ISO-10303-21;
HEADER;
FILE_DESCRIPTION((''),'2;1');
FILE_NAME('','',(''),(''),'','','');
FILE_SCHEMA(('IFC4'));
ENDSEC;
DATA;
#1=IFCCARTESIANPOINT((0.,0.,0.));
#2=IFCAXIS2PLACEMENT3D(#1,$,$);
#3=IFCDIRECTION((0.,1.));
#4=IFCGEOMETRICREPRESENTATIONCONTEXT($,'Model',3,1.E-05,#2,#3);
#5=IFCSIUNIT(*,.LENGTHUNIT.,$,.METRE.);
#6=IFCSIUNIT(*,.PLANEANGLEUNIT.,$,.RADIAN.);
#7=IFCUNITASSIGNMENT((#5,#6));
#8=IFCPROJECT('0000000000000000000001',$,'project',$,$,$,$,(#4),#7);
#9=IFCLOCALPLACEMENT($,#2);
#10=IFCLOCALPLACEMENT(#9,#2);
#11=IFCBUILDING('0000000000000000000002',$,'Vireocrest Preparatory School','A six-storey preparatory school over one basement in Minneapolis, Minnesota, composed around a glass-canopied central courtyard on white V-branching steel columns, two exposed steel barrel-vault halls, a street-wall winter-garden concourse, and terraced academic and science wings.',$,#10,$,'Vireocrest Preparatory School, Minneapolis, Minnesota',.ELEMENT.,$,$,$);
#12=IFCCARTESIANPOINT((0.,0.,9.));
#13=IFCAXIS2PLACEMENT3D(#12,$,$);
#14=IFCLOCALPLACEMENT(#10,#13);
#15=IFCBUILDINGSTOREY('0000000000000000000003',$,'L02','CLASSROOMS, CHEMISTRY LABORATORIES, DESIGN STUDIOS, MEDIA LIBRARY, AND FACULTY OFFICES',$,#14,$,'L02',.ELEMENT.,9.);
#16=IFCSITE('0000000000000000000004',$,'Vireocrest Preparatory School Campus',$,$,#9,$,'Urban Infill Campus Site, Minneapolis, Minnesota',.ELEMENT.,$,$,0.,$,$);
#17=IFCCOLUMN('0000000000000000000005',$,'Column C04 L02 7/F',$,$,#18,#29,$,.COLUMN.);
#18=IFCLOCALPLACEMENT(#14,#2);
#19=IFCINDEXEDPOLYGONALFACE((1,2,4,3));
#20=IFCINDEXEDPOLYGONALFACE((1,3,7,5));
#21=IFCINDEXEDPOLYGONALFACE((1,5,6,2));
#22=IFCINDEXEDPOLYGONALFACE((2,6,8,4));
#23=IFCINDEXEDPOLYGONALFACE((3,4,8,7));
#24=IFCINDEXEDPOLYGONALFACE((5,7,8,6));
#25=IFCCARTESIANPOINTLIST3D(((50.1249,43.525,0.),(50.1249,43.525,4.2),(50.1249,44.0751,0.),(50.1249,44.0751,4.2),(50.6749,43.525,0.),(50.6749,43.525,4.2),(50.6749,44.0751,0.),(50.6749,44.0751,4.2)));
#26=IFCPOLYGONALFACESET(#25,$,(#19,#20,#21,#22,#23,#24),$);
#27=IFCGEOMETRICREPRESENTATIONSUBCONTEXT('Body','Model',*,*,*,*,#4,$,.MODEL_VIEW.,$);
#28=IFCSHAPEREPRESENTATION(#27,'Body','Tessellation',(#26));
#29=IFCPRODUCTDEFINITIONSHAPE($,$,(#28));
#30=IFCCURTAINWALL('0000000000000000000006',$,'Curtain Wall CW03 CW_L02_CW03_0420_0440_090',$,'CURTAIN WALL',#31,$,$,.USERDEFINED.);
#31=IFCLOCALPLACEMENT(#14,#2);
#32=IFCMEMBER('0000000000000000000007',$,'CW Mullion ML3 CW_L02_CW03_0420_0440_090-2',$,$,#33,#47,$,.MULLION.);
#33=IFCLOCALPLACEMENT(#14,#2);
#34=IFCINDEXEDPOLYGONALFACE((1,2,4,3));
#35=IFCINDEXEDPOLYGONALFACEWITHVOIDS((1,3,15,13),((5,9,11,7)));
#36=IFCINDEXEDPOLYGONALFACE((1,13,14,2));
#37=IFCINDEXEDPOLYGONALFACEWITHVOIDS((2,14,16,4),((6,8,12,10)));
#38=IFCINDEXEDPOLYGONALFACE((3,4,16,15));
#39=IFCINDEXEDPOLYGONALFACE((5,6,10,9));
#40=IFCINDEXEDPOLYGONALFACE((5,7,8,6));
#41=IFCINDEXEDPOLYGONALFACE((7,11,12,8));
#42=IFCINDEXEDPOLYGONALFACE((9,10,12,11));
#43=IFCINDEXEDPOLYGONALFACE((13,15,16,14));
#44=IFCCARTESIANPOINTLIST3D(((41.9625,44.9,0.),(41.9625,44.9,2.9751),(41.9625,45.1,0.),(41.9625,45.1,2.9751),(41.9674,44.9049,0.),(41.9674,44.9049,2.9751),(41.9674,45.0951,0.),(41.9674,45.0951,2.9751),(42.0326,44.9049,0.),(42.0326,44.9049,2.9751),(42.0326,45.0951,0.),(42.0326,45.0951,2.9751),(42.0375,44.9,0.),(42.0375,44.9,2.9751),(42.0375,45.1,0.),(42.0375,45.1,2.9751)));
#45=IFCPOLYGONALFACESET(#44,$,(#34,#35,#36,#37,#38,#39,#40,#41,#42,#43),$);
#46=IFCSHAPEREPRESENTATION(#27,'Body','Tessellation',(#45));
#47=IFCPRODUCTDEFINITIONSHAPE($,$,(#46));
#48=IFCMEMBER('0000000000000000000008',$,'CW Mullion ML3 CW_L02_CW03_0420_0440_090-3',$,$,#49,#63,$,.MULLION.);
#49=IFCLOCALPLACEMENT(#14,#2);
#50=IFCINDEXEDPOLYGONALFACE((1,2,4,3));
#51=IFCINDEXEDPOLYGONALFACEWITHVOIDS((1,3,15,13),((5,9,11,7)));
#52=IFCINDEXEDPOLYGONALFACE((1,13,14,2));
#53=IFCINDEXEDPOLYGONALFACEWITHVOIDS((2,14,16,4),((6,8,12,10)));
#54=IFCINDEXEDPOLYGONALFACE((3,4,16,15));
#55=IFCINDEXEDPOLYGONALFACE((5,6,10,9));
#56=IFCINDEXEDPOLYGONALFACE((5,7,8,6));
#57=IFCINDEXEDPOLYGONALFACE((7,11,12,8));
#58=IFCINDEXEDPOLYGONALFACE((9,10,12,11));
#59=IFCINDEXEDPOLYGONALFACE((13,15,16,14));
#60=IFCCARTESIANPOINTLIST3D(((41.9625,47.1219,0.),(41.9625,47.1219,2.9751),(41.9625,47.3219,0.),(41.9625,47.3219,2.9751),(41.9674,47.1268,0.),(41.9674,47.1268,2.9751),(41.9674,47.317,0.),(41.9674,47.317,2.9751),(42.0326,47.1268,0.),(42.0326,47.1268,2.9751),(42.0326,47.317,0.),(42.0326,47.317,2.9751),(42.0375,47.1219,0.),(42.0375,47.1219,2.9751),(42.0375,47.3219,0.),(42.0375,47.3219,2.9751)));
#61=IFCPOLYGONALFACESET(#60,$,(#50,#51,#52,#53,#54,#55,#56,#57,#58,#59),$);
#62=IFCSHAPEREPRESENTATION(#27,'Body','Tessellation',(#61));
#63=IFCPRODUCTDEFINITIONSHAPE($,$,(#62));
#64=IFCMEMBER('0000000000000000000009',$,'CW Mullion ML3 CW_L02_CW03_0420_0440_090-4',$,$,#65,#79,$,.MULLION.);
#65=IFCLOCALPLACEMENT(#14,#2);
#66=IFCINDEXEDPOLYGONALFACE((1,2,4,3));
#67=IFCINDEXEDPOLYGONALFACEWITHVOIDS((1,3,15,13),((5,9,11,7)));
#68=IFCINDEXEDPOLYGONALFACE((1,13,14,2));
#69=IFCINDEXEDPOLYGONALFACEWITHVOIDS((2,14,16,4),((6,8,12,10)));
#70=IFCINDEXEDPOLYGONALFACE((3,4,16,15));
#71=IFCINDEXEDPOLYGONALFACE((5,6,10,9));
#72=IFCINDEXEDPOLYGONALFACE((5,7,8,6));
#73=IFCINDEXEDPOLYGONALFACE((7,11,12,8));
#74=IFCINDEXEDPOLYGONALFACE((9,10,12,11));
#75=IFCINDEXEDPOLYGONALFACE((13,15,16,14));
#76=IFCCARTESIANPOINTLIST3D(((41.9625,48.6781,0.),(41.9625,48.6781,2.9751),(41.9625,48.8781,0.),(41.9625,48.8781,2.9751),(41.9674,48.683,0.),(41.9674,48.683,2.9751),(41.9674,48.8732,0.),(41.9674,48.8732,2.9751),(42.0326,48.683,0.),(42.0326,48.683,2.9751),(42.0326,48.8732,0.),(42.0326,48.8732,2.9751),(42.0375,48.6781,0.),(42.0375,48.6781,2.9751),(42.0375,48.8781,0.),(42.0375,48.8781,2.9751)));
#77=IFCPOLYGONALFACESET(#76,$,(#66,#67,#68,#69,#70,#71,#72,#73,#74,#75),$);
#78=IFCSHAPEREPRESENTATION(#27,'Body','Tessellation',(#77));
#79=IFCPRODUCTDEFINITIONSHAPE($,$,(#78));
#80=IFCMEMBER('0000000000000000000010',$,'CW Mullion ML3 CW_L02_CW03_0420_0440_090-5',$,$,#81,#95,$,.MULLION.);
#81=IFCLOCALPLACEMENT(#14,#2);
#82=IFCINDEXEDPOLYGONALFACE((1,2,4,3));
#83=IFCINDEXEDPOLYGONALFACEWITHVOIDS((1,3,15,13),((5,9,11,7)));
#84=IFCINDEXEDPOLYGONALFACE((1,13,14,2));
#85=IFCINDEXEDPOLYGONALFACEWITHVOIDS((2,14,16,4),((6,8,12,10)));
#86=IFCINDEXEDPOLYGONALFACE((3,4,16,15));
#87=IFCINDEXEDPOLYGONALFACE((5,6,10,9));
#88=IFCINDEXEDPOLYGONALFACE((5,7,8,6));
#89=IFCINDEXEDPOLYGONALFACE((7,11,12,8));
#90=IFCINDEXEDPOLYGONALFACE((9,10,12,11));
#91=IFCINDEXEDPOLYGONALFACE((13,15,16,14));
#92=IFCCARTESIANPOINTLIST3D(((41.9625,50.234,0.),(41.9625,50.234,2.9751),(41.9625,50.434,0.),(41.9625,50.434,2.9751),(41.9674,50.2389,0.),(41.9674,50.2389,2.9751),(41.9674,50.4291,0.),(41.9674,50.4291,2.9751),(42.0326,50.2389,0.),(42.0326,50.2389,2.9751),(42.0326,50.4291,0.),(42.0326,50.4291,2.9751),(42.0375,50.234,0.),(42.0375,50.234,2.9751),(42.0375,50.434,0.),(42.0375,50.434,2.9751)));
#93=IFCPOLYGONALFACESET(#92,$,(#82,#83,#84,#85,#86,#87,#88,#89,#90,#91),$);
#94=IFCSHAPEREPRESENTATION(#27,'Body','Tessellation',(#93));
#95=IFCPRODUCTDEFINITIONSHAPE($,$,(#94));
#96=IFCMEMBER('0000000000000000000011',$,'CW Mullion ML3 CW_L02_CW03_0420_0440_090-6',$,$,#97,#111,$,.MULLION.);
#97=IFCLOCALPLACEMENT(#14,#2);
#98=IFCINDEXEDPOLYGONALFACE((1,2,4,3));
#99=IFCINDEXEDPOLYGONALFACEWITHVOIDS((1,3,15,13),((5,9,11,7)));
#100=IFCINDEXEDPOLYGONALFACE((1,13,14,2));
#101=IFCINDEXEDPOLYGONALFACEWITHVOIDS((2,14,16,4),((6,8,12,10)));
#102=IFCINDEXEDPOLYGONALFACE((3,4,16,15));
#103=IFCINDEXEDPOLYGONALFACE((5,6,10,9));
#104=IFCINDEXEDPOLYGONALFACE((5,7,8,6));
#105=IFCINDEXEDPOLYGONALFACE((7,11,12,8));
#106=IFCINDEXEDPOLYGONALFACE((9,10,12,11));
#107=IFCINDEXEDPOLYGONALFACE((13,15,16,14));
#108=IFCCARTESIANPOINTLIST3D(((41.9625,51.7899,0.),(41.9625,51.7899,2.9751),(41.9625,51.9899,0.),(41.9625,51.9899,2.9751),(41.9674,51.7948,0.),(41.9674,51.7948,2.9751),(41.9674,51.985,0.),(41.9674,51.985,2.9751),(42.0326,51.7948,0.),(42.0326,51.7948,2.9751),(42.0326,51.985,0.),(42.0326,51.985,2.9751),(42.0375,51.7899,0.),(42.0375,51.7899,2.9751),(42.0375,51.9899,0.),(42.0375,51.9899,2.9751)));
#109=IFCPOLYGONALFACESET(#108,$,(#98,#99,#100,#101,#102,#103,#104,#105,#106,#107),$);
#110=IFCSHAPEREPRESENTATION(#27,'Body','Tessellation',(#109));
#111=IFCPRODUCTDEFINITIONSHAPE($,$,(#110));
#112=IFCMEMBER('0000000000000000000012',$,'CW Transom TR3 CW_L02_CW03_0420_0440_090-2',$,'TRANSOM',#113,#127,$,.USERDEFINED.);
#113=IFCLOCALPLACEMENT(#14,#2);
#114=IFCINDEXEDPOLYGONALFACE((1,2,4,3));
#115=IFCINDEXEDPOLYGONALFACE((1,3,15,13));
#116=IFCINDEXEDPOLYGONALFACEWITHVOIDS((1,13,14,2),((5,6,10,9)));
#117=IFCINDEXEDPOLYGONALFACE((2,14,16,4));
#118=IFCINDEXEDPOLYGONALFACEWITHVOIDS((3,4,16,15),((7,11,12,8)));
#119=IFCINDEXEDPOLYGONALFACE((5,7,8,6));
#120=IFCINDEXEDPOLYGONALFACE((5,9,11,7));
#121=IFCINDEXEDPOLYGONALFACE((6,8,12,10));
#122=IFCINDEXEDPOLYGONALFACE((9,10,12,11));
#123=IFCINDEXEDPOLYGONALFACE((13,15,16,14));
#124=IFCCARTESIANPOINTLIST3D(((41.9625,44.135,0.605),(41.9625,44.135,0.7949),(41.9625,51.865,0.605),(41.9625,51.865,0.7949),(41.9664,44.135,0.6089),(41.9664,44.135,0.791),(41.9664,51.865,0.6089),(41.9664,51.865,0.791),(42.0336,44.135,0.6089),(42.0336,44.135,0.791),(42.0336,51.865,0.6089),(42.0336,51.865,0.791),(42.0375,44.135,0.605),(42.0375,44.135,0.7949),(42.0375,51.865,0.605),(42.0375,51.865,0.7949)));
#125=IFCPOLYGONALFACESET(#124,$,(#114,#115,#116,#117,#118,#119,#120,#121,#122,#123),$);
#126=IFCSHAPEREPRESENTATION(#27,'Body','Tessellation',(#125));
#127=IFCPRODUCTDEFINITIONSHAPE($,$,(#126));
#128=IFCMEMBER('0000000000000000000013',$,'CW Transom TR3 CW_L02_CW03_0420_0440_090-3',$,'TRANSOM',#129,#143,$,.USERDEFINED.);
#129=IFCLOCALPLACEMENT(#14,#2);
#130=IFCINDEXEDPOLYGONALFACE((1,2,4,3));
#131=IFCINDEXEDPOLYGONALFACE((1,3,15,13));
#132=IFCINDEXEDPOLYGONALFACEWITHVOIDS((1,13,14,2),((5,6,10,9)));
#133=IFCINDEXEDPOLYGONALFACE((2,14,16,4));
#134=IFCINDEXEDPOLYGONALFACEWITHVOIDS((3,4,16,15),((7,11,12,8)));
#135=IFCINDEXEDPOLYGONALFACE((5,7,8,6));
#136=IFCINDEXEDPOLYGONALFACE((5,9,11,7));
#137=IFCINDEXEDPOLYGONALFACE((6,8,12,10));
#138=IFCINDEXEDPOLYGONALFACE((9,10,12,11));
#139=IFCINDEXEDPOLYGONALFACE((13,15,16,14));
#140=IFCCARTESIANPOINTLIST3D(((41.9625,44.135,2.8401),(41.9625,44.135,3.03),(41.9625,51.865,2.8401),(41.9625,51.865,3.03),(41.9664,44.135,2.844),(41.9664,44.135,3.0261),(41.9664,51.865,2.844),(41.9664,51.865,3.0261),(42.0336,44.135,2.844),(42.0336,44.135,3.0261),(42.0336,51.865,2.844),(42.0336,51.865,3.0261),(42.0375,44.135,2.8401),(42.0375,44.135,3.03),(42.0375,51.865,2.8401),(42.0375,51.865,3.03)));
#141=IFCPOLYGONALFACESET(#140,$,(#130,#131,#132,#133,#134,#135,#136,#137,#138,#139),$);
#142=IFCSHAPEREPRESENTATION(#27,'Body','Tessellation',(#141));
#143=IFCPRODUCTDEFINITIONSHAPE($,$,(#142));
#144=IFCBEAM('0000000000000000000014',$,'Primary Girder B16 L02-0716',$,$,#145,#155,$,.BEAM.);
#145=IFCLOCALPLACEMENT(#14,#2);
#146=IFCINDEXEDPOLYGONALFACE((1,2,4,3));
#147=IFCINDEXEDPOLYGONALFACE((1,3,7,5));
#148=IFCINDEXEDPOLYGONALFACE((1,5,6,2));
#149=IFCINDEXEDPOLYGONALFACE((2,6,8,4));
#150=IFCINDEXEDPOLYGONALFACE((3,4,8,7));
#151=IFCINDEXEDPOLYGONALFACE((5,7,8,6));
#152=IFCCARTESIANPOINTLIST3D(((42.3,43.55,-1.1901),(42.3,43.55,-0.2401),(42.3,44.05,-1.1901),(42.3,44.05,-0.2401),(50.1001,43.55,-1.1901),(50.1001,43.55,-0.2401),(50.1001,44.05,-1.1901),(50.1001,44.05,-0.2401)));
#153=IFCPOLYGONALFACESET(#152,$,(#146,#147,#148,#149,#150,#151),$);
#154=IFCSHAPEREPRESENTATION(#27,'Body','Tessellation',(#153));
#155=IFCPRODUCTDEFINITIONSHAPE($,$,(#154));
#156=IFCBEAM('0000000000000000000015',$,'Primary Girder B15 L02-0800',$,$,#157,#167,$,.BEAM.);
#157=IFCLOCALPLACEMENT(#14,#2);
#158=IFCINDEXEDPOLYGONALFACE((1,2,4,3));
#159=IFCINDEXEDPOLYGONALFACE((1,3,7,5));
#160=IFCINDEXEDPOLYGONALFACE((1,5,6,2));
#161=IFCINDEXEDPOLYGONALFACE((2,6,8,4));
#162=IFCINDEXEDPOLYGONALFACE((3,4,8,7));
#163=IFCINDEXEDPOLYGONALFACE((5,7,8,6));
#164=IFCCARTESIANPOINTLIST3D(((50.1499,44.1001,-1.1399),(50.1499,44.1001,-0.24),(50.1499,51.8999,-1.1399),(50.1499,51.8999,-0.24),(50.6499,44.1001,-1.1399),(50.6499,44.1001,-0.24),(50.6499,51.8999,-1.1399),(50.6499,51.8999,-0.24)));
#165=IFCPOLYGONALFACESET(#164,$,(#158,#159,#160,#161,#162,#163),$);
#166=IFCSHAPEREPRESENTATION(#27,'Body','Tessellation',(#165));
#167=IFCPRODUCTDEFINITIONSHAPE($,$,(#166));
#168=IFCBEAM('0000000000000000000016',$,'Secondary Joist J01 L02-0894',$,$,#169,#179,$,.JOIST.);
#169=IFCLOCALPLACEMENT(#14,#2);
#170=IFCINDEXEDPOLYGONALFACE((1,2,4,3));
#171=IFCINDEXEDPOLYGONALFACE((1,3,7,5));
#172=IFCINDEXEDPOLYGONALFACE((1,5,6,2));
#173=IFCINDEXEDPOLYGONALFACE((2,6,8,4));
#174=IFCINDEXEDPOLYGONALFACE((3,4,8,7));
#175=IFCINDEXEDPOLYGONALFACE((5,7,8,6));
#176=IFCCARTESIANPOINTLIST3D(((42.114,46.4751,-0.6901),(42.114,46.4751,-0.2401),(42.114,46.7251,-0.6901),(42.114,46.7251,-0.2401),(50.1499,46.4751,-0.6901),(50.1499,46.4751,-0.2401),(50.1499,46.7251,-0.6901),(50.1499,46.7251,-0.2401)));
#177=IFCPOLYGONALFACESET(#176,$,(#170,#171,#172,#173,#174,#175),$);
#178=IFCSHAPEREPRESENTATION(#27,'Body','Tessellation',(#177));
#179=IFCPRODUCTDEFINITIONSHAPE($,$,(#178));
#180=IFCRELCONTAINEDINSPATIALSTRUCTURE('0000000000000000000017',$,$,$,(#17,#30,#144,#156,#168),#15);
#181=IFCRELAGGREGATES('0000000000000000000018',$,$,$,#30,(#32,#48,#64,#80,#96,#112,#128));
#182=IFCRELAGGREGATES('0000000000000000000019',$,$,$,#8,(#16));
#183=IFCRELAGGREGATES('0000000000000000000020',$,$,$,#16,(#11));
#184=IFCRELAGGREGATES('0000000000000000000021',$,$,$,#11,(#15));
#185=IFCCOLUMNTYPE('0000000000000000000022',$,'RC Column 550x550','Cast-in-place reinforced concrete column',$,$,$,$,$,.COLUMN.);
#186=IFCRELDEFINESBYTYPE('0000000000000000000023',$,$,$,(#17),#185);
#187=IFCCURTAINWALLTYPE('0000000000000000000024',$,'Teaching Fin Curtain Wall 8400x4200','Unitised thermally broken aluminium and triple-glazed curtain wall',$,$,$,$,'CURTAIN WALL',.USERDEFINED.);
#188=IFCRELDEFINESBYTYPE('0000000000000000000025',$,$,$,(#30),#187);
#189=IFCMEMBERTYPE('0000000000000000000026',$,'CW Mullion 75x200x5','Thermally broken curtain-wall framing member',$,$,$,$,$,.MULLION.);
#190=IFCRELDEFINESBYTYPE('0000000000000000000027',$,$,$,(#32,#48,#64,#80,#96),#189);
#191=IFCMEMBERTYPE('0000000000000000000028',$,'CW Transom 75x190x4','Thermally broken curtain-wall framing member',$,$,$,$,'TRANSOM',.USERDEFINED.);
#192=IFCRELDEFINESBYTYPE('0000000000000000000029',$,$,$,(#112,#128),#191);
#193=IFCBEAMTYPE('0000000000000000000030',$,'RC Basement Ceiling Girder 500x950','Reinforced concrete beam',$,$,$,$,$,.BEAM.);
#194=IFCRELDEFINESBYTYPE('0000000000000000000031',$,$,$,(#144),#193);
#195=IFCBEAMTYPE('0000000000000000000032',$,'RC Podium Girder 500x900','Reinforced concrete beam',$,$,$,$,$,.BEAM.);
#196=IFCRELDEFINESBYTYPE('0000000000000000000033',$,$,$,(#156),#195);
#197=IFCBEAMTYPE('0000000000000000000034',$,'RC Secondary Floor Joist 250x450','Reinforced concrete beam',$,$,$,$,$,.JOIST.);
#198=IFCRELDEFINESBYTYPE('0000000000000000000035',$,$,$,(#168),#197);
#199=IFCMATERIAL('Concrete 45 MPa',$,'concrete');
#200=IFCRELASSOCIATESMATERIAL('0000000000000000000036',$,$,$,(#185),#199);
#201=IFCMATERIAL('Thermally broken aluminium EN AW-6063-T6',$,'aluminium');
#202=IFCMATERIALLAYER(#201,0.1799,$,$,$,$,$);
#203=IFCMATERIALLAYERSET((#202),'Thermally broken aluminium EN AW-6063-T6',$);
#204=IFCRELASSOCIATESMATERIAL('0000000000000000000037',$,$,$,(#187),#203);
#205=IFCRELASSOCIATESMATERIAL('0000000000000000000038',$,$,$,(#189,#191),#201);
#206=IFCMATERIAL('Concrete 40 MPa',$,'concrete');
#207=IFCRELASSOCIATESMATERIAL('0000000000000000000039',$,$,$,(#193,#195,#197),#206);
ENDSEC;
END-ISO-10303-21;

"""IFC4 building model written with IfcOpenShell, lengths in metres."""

from ifc_helpers import new_model, si_unit, direction, frame, origin, origin_2d, place, context, subcontext, project, spatial, rectangle, hollow_rectangle, extrude, material, layer, layer_set, material_profile, profile_set, type_object, element, aggregate, save


model = new_model("IFC4")

# Units and contexts
model_context = context("Model", 3, precision=1e-05, world=origin(), true_north=direction((0.0, 1.0)))
body_context = subcontext(model_context, "Body", "Model", "MODEL_VIEW")
ifc_project = project(units=[si_unit("LENGTHUNIT", "METRE"), si_unit("PLANEANGLEUNIT", "RADIAN")], contexts=[model_context])

# Site, building, storey
site_placement = place(None, origin())
site = spatial("IfcSite", under=ifc_project, at=site_placement, Name="Vireocrest Preparatory School Campus", LongName="Urban Infill Campus Site, Minneapolis, Minnesota", CompositionType="ELEMENT", RefElevation=0.0)
building_placement = place(site_placement, origin())
building = spatial("IfcBuilding", under=site, at=building_placement, Name="Vireocrest Preparatory School", Description="A six-storey preparatory school over one basement in Minneapolis, Minnesota, composed around a glass-canopied central courtyard on white V-branching steel columns, two exposed steel barrel-vault halls, a street-wall winter-garden concourse, and terraced academic and science wings.", LongName="Vireocrest Preparatory School, Minneapolis, Minnesota", CompositionType="ELEMENT")
storey_placement = place(building_placement, frame((0.0, 0.0, 9.0)))
storey = spatial("IfcBuildingStorey", under=building, at=storey_placement, Name="L02", Description="CLASSROOMS, CHEMISTRY LABORATORIES, DESIGN STUDIOS, MEDIA LIBRARY, AND FACULTY OFFICES", LongName="L02", CompositionType="ELEMENT", Elevation=9.0)

# Column
ifc_material_1 = material(Name="Concrete 45 MPa", Category="concrete")
ifc_material_profile_1 = material_profile(ifc_material_1, rectangle(XDim=0.55, YDim=0.55, at=origin_2d()), Name="RC 550x550")
ifc_profile_set_1 = profile_set([ifc_material_profile_1], Name="Concrete 45 MPa")
column_type = type_object("IfcColumnType", Name="RC Column 550x550", Description="Cast-in-place reinforced concrete column", PredefinedType="COLUMN", material=ifc_profile_set_1)
column_placement = place(storey_placement, frame((50.3999, 43.8, 0.0), z_axis=(0.0, 0.0, 1.0), x_axis=(1.0, 0.0, 0.0)))
element("IfcColumn", 1, at=column_placement, inside=storey, type_object=column_type, Name="Column C04 L02 7/F", PredefinedType="COLUMN", context=body_context, shape_type="SweptSolid", body=[
    extrude(rectangle(XDim=0.55, YDim=0.55, at=origin_2d()), origin(), (0.0, 0.0, 1.0), 4.2),
])

# Curtain wall, members
ifc_material_2 = material(Name="Thermally broken aluminium EN AW-6063-T6", Category="aluminium")
ifc_layer_1 = layer(ifc_material_2, 0.1799)
ifc_layer_set_1 = layer_set([ifc_layer_1], Name="Thermally broken aluminium EN AW-6063-T6")
curtain_wall_type = type_object("IfcCurtainWallType", Name="Teaching Fin Curtain Wall 8400x4200", Description="Unitised thermally broken aluminium and triple-glazed curtain wall", ElementType="CURTAIN WALL", PredefinedType="USERDEFINED", material=ifc_layer_set_1)
curtain_wall_placement = place(storey_placement, origin())
curtain_wall = element("IfcCurtainWall", 2, at=curtain_wall_placement, inside=storey, type_object=curtain_wall_type, Name="Curtain Wall CW03 CW_L02_CW03_0420_0440_090", ObjectType="CURTAIN WALL", PredefinedType="USERDEFINED")
ifc_material_profile_2 = material_profile(ifc_material_2, hollow_rectangle(XDim=0.075, YDim=0.2, WallThickness=0.0049, at=origin_2d()), Name="ALU 75x200x5")
ifc_profile_set_2 = profile_set([ifc_material_profile_2], Name="Thermally broken aluminium EN AW-6063-T6")
member_type_1 = type_object("IfcMemberType", Name="CW Mullion 75x200x5", Description="Thermally broken curtain-wall framing member", PredefinedType="MULLION", material=ifc_profile_set_2)
member_1_placement = place(storey_placement, frame((42.0, 45.0, 0.0), z_axis=(0.0, 0.0, 1.0), x_axis=(1.0, 0.0, 0.0)))
member_1 = element("IfcMember", 3, at=member_1_placement, type_object=member_type_1, Name="CW Mullion ML3 CW_L02_CW03_0420_0440_090-2", PredefinedType="MULLION", context=body_context, shape_type="SweptSolid", body=[
    extrude(hollow_rectangle(XDim=0.075, YDim=0.2, WallThickness=0.0049, at=origin_2d()), origin(), (0.0, 0.0, 1.0), 2.9751),
])
member_2_placement = place(storey_placement, frame((42.0, 47.2219, 0.0), z_axis=(0.0, 0.0, 1.0), x_axis=(1.0, 0.0, 0.0)))
member_2 = element("IfcMember", 4, at=member_2_placement, type_object=member_type_1, Name="CW Mullion ML3 CW_L02_CW03_0420_0440_090-3", PredefinedType="MULLION", context=body_context, shape_type="SweptSolid", body=[
    extrude(hollow_rectangle(XDim=0.075, YDim=0.2, WallThickness=0.0049, at=origin_2d()), origin(), (0.0, 0.0, 1.0), 2.9751),
])
member_3_placement = place(storey_placement, frame((42.0, 48.7781, 0.0), z_axis=(0.0, 0.0, 1.0), x_axis=(1.0, 0.0, 0.0)))
member_3 = element("IfcMember", 5, at=member_3_placement, type_object=member_type_1, Name="CW Mullion ML3 CW_L02_CW03_0420_0440_090-4", PredefinedType="MULLION", context=body_context, shape_type="SweptSolid", body=[
    extrude(hollow_rectangle(XDim=0.075, YDim=0.2, WallThickness=0.0049, at=origin_2d()), origin(), (0.0, 0.0, 1.0), 2.9751),
])
member_4_placement = place(storey_placement, frame((42.0, 50.334, 0.0), z_axis=(0.0, 0.0, 1.0), x_axis=(1.0, 0.0, 0.0)))
member_4 = element("IfcMember", 6, at=member_4_placement, type_object=member_type_1, Name="CW Mullion ML3 CW_L02_CW03_0420_0440_090-5", PredefinedType="MULLION", context=body_context, shape_type="SweptSolid", body=[
    extrude(hollow_rectangle(XDim=0.075, YDim=0.2, WallThickness=0.0049, at=origin_2d()), origin(), (0.0, 0.0, 1.0), 2.9751),
])
member_5_placement = place(storey_placement, frame((42.0, 51.8899, 0.0), z_axis=(0.0, 0.0, 1.0), x_axis=(1.0, 0.0, 0.0)))
member_5 = element("IfcMember", 7, at=member_5_placement, type_object=member_type_1, Name="CW Mullion ML3 CW_L02_CW03_0420_0440_090-6", PredefinedType="MULLION", context=body_context, shape_type="SweptSolid", body=[
    extrude(hollow_rectangle(XDim=0.075, YDim=0.2, WallThickness=0.0049, at=origin_2d()), origin(), (0.0, 0.0, 1.0), 2.9751),
])
ifc_material_profile_3 = material_profile(ifc_material_2, hollow_rectangle(XDim=0.075, YDim=0.1899, WallThickness=0.0039, at=origin_2d()), Name="ALU 75x190x4")
ifc_profile_set_3 = profile_set([ifc_material_profile_3], Name="Thermally broken aluminium EN AW-6063-T6")
member_type_2 = type_object("IfcMemberType", Name="CW Transom 75x190x4", Description="Thermally broken curtain-wall framing member", ElementType="TRANSOM", PredefinedType="USERDEFINED", material=ifc_profile_set_3)
member_6_placement = place(storey_placement, frame((42.0, 44.135, 0.7), z_axis=(0.0, 1.0, 0.0), x_axis=(-1.0, 0.0, 0.0)))
member_6 = element("IfcMember", 8, at=member_6_placement, type_object=member_type_2, Name="CW Transom TR3 CW_L02_CW03_0420_0440_090-2", ObjectType="TRANSOM", PredefinedType="USERDEFINED", context=body_context, shape_type="SweptSolid", body=[
    extrude(hollow_rectangle(XDim=0.075, YDim=0.1899, WallThickness=0.0039, at=origin_2d()), origin(), (0.0, 0.0, 1.0), 7.73),
])
member_7_placement = place(storey_placement, frame((42.0, 44.135, 2.9351), z_axis=(0.0, 1.0, 0.0), x_axis=(-1.0, 0.0, 0.0)))
member_7 = element("IfcMember", 9, at=member_7_placement, type_object=member_type_2, Name="CW Transom TR3 CW_L02_CW03_0420_0440_090-3", ObjectType="TRANSOM", PredefinedType="USERDEFINED", context=body_context, shape_type="SweptSolid", body=[
    extrude(hollow_rectangle(XDim=0.075, YDim=0.1899, WallThickness=0.0039, at=origin_2d()), origin(), (0.0, 0.0, 1.0), 7.73),
])

# Beams
ifc_material_3 = material(Name="Concrete 40 MPa", Category="concrete")
ifc_material_profile_4 = material_profile(ifc_material_3, rectangle(XDim=0.5, YDim=0.95, at=origin_2d()), Name="RC 500x950")
ifc_profile_set_4 = profile_set([ifc_material_profile_4], Name="Concrete 40 MPa")
beam_type_1 = type_object("IfcBeamType", Name="RC Basement Ceiling Girder 500x950", Description="Reinforced concrete beam", PredefinedType="BEAM", material=ifc_profile_set_4)
beam_1_placement = place(storey_placement, frame((42.3, 43.8, -0.7151), z_axis=(1.0, 0.0, 0.0), x_axis=(0.0, 1.0, 0.0)))
element("IfcBeam", 10, at=beam_1_placement, inside=storey, type_object=beam_type_1, Name="Primary Girder B16 L02-0716", PredefinedType="BEAM", context=body_context, shape_type="SweptSolid", body=[
    extrude(rectangle(XDim=0.5, YDim=0.95, at=origin_2d()), origin(), (0.0, 0.0, 1.0), 7.8),
])
ifc_material_profile_5 = material_profile(ifc_material_3, rectangle(XDim=0.5, YDim=0.8999, at=origin_2d()), Name="RC 500x900")
ifc_profile_set_5 = profile_set([ifc_material_profile_5], Name="Concrete 40 MPa")
beam_type_2 = type_object("IfcBeamType", Name="RC Podium Girder 500x900", Description="Reinforced concrete beam", PredefinedType="BEAM", material=ifc_profile_set_5)
beam_2_placement = place(storey_placement, frame((50.3999, 44.1001, -0.6899), z_axis=(0.0, 1.0, 0.0), x_axis=(-1.0, 0.0, 0.0)))
element("IfcBeam", 11, at=beam_2_placement, inside=storey, type_object=beam_type_2, Name="Primary Girder B15 L02-0800", PredefinedType="BEAM", context=body_context, shape_type="SweptSolid", body=[
    extrude(rectangle(XDim=0.5, YDim=0.8999, at=origin_2d()), origin(), (0.0, 0.0, 1.0), 7.7998),
])
ifc_material_profile_6 = material_profile(ifc_material_3, rectangle(XDim=0.25, YDim=0.45, at=origin_2d()), Name="RC 250x450")
ifc_profile_set_6 = profile_set([ifc_material_profile_6], Name="Concrete 40 MPa")
beam_type_3 = type_object("IfcBeamType", Name="RC Secondary Floor Joist 250x450", Description="Reinforced concrete beam", PredefinedType="JOIST", material=ifc_profile_set_6)
for number, where, z_axis, x_axis, name in (
    (12, (42.114, 46.6001, -0.4651), (1.0, 0.0, 0.0), (0.0, 1.0, 0.0), "Secondary Joist J01 L02-0894"),
):
    element("IfcBeam", number, at=place(storey_placement, frame(where, z_axis=z_axis, x_axis=x_axis)), inside=storey, type_object=beam_type_3, Name=name, PredefinedType="JOIST", context=body_context, shape_type="SweptSolid", body=[
        extrude(rectangle(XDim=0.25, YDim=0.45, at=origin_2d()), origin(), (0.0, 0.0, 1.0), 8.0359),
    ])

aggregate(curtain_wall, [member_1, member_2, member_3, member_4, member_5, member_6, member_7])

save(model, "model.ifc")
